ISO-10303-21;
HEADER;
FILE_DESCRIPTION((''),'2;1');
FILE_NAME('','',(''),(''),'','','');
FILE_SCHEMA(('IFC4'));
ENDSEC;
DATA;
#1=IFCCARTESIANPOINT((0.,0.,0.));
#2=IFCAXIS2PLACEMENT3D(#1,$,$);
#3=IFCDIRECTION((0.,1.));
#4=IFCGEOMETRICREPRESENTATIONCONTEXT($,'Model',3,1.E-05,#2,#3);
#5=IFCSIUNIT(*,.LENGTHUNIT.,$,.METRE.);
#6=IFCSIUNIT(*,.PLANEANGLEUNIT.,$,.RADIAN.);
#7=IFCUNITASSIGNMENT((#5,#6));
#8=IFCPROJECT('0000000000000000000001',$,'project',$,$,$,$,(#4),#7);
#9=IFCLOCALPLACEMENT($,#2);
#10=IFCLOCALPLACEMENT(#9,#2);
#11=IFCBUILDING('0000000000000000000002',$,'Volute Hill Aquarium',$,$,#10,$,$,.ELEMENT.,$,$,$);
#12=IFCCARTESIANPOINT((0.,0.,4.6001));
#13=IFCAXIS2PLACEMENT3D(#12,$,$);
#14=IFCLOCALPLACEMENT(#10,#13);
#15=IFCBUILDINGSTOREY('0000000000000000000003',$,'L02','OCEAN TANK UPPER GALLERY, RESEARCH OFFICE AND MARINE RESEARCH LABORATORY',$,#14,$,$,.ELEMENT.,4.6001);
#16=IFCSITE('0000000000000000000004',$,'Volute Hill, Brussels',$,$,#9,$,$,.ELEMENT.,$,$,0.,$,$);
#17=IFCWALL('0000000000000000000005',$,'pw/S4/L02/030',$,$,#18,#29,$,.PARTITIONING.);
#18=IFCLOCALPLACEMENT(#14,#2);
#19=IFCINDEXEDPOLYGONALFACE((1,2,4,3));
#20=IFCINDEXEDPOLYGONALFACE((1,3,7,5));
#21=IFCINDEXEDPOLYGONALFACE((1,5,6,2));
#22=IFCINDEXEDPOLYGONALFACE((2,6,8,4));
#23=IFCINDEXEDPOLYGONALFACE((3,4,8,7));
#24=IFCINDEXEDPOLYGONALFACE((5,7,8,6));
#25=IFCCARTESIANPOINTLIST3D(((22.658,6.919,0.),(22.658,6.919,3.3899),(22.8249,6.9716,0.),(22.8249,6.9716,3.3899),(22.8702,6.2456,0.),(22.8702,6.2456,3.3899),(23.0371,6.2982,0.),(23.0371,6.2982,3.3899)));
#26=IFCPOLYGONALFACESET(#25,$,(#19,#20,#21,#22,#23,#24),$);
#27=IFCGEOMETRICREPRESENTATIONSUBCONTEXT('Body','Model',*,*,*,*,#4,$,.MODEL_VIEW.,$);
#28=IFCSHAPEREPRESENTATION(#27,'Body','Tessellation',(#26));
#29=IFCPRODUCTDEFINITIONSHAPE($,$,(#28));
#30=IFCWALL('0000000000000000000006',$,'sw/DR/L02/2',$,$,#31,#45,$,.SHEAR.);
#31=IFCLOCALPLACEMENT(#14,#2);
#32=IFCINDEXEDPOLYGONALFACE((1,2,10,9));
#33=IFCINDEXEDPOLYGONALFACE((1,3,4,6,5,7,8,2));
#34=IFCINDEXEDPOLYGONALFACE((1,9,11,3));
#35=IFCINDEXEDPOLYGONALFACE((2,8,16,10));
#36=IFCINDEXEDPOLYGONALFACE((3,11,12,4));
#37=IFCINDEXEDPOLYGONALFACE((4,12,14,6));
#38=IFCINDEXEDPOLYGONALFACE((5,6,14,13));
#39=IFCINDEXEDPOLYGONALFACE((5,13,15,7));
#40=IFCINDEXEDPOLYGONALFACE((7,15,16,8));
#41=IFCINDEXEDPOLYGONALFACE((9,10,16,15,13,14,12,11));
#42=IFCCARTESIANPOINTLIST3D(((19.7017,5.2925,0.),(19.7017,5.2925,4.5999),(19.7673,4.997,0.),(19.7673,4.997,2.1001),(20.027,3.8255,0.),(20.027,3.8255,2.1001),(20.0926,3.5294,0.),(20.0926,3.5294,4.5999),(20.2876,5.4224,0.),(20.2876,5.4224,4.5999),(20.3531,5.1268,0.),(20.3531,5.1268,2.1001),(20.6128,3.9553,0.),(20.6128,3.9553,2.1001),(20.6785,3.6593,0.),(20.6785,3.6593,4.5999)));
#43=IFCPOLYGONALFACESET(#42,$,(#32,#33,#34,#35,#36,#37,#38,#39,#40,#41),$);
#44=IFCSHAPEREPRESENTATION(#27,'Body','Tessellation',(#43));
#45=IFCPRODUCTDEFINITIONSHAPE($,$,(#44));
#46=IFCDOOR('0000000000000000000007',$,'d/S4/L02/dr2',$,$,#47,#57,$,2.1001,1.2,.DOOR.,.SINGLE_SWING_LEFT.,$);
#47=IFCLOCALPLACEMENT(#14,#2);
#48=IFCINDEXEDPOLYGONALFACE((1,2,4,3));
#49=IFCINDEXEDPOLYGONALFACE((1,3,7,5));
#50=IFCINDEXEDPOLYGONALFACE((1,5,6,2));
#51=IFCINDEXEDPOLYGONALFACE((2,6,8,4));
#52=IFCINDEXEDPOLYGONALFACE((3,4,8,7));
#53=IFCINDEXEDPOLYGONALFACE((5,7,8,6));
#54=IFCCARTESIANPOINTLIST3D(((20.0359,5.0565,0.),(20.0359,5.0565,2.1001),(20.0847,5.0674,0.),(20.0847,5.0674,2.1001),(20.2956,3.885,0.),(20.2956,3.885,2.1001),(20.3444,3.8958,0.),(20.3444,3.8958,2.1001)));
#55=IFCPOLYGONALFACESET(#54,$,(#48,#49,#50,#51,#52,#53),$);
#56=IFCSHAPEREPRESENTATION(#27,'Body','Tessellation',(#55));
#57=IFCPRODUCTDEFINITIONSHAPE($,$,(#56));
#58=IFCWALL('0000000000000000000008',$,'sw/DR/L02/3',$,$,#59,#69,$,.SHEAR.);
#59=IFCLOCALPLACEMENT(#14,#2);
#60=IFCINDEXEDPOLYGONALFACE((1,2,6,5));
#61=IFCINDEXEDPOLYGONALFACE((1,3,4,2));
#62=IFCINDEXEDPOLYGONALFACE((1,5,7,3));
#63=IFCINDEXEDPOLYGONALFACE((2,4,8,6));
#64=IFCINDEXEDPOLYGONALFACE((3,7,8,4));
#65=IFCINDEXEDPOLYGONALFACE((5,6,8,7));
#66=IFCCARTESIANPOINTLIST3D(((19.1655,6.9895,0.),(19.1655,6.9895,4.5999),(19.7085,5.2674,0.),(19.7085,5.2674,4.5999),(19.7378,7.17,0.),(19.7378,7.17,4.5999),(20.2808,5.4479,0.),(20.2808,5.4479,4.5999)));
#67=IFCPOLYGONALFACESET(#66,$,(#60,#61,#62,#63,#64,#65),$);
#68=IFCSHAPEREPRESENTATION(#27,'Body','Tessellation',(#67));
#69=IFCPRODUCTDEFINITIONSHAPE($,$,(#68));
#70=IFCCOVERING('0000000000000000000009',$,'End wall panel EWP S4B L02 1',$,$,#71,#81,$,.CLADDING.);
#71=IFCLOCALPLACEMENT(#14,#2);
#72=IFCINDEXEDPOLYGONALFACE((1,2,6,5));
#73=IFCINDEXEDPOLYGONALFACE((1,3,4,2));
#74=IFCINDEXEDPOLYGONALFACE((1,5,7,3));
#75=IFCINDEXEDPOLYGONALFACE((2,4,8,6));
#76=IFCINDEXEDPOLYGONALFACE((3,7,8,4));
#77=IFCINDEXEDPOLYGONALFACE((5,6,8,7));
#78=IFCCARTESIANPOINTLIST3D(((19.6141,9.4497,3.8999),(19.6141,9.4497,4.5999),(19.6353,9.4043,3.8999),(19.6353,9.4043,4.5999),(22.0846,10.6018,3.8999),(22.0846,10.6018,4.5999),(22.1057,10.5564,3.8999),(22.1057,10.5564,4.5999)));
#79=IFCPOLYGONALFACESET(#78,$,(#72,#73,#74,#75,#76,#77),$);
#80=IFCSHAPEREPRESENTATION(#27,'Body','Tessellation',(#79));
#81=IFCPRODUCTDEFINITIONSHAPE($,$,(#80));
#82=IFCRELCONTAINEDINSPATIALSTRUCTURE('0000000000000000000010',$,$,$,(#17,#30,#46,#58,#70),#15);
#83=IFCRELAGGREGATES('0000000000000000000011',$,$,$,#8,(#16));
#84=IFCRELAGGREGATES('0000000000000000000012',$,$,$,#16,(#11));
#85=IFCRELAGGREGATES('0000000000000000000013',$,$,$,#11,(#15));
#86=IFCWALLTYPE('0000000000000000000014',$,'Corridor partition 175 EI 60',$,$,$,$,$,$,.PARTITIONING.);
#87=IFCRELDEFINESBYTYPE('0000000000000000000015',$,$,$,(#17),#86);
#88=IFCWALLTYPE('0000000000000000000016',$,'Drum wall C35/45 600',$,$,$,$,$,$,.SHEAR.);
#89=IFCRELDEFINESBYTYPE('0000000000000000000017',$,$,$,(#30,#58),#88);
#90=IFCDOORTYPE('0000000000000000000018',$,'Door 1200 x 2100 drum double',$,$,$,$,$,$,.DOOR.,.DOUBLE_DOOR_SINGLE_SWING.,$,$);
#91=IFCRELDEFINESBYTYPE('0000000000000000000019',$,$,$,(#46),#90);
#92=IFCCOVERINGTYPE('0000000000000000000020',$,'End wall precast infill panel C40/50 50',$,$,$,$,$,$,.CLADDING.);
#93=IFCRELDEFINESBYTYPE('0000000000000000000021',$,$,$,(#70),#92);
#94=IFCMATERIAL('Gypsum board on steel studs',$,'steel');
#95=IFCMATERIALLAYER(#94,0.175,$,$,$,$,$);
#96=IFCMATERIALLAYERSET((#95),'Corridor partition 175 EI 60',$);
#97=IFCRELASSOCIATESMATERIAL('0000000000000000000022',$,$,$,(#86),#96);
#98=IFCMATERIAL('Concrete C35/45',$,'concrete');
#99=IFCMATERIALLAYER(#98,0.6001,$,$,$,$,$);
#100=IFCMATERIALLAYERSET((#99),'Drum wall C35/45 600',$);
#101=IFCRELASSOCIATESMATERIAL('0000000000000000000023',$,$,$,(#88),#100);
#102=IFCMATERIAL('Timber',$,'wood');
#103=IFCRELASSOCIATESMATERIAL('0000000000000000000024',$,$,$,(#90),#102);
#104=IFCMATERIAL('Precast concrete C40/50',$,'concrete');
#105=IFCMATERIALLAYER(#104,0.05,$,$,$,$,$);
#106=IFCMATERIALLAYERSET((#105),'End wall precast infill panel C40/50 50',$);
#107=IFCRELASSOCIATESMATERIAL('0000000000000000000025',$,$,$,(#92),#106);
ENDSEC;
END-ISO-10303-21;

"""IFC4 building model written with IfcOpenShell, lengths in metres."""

from ifc_helpers import new_model, si_unit, direction, frame, frame_2d, origin, place, context, subcontext, project, spatial, polyline, rectangle, outline, extrude, material, layer, layer_set, type_object, element, fill, save


model = new_model("IFC4")

# Units and contexts
model_context = context("Model", 3, precision=1e-05, world=origin(), true_north=direction((0.0, 1.0)))
body_context = subcontext(model_context, "Body", "Model", "MODEL_VIEW")
ifc_project = project(units=[si_unit("LENGTHUNIT", "METRE"), si_unit("PLANEANGLEUNIT", "RADIAN")], contexts=[model_context])

# Site, building, storey
site_placement = place(None, origin())
site = spatial("IfcSite", under=ifc_project, at=site_placement, Name="Volute Hill, Brussels", CompositionType="ELEMENT", RefElevation=0.0)
building_placement = place(site_placement, origin())
building = spatial("IfcBuilding", under=site, at=building_placement, Name="Volute Hill Aquarium", CompositionType="ELEMENT")
storey_placement = place(building_placement, frame((0.0, 0.0, 4.6001)))
storey = spatial("IfcBuildingStorey", under=building, at=storey_placement, Name="L02", Description="OCEAN TANK UPPER GALLERY, RESEARCH OFFICE AND MARINE RESEARCH LABORATORY", CompositionType="ELEMENT", Elevation=4.6001)

# Wall
ifc_material_1 = material(Name="Gypsum board on steel studs", Category="steel")
ifc_layer_1 = layer(ifc_material_1, 0.175)
ifc_layer_set_1 = layer_set([ifc_layer_1], Name="Corridor partition 175 EI 60")
wall_type_1 = type_object("IfcWallType", Name="Corridor partition 175 EI 60", PredefinedType="PARTITIONING", material=ifc_layer_set_1)
wall_1_placement = place(storey_placement, frame((22.7415, 6.9453, 0.0), z_axis=(0.0, 0.0, 1.0), x_axis=(0.300519, -0.953776, 0.0)))
element("IfcWall", 1, at=wall_1_placement, inside=storey, type_object=wall_type_1, Name="pw/S4/L02/030", PredefinedType="PARTITIONING", context=body_context, shape_type="SweptSolid", body=[
    extrude(rectangle(XDim=0.7061, YDim=0.175, at=frame_2d((0.353, 0.0))), origin(), (0.0, 0.0, 1.0), 3.3899),
])

# Wall, opening, door
ifc_material_2 = material(Name="Concrete C35/45", Category="concrete")
ifc_layer_2 = layer(ifc_material_2, 0.6001)
ifc_layer_set_2 = layer_set([ifc_layer_2], Name="Drum wall C35/45 600")
wall_type_2 = type_object("IfcWallType", Name="Drum wall C35/45 600", PredefinedType="SHEAR", material=ifc_layer_set_2)
wall_2_placement = place(storey_placement, frame((20.3855, 3.5945, 0.0), z_axis=(0.0, 0.0, 1.0), x_axis=(-0.216429, 0.976298, 0.0)))
wall_2 = element("IfcWall", 2, at=wall_2_placement, inside=storey, type_object=wall_type_2, Name="sw/DR/L02/2", PredefinedType="SHEAR", context=body_context, shape_type="SweptSolid", body=[
    extrude(rectangle(XDim=1.8059, YDim=0.6001, at=frame_2d((0.9028, 0.0))), origin(), (0.0, 0.0, 1.0), 4.5999),
])
opening_placement = place(wall_2_placement, frame((0.303, 0.0, 0.0)))
opening = element("IfcOpeningElement", 3, at=opening_placement, cuts=wall_2, PredefinedType="OPENING", context=body_context, shape_type="SweptSolid", body=[
    extrude(rectangle(XDim=1.2, YDim=2.1001, at=frame_2d((0.6001, 1.05))), frame((0.0, 0.3101, 0.0), z_axis=(0.0, -1.0, 0.0), x_axis=(1.0, 0.0, 0.0)), (0.0, 0.0, 1.0), 0.6201),
])
ifc_material_3 = material(Name="Timber", Category="wood")
door_type = type_object("IfcDoorType", Name="Door 1200 x 2100 drum double", OperationType="DOUBLE_DOOR_SINGLE_SWING", PredefinedType="DOOR", material=ifc_material_3)
door_placement = place(opening_placement, origin())
door = element("IfcDoor", 4, at=door_placement, inside=storey, type_object=door_type, Name="d/S4/L02/dr2", OperationType="SINGLE_SWING_LEFT", OverallHeight=2.1001, OverallWidth=1.2, PredefinedType="DOOR", context=body_context, shape_type="SweptSolid", body=[
    extrude(rectangle(XDim=1.2, YDim=2.1001, at=frame_2d((0.6001, 1.05))), frame((0.0, 0.0249, 0.0), z_axis=(0.0, -1.0, 0.0), x_axis=(1.0, 0.0, 0.0)), (0.0, 0.0, 1.0), 0.05),
])
fill(opening, door)

# Wall
wall_3_placement = place(storey_placement, frame((19.9946, 5.3577, 0.0), z_axis=(0.0, 0.0, 1.0), x_axis=(-0.300691, 0.953722, 0.0)))
element("IfcWall", 5, at=wall_3_placement, inside=storey, type_object=wall_type_2, Name="sw/DR/L02/3", PredefinedType="SHEAR", context=body_context, shape_type="SweptSolid", body=[
    extrude(rectangle(XDim=1.8057, YDim=0.6001, at=frame_2d((0.9028, 0.0))), origin(), (0.0, 0.0, 1.0), 4.5999),
])

# Covering
ifc_material_4 = material(Name="Precast concrete C40/50", Category="concrete")
ifc_layer_3 = layer(ifc_material_4, 0.05)
ifc_layer_set_3 = layer_set([ifc_layer_3], Name="End wall precast infill panel C40/50 50")
covering_type = type_object("IfcCoveringType", Name="End wall precast infill panel C40/50 50", PredefinedType="CLADDING", material=ifc_layer_set_3)
covering_placement = place(storey_placement, frame((19.6353, 9.4043, 3.8999), z_axis=(0.42265, -0.906293, 0.0), x_axis=(0.906293, 0.42265, 0.0)))
element("IfcCovering", 6, at=covering_placement, inside=storey, type_object=covering_type, Name="End wall panel EWP S4B L02 1", PredefinedType="CLADDING", context=body_context, shape_type="SweptSolid", body=[
    extrude(outline(polyline([(0.0, 0.0), (2.7259, 0.0), (2.7259, 0.7), (0.0, 0.7), (0.0, 0.0)])), origin(), (0.0, 0.0, -1.0), 0.05),
])

save(model, "model.ifc")
